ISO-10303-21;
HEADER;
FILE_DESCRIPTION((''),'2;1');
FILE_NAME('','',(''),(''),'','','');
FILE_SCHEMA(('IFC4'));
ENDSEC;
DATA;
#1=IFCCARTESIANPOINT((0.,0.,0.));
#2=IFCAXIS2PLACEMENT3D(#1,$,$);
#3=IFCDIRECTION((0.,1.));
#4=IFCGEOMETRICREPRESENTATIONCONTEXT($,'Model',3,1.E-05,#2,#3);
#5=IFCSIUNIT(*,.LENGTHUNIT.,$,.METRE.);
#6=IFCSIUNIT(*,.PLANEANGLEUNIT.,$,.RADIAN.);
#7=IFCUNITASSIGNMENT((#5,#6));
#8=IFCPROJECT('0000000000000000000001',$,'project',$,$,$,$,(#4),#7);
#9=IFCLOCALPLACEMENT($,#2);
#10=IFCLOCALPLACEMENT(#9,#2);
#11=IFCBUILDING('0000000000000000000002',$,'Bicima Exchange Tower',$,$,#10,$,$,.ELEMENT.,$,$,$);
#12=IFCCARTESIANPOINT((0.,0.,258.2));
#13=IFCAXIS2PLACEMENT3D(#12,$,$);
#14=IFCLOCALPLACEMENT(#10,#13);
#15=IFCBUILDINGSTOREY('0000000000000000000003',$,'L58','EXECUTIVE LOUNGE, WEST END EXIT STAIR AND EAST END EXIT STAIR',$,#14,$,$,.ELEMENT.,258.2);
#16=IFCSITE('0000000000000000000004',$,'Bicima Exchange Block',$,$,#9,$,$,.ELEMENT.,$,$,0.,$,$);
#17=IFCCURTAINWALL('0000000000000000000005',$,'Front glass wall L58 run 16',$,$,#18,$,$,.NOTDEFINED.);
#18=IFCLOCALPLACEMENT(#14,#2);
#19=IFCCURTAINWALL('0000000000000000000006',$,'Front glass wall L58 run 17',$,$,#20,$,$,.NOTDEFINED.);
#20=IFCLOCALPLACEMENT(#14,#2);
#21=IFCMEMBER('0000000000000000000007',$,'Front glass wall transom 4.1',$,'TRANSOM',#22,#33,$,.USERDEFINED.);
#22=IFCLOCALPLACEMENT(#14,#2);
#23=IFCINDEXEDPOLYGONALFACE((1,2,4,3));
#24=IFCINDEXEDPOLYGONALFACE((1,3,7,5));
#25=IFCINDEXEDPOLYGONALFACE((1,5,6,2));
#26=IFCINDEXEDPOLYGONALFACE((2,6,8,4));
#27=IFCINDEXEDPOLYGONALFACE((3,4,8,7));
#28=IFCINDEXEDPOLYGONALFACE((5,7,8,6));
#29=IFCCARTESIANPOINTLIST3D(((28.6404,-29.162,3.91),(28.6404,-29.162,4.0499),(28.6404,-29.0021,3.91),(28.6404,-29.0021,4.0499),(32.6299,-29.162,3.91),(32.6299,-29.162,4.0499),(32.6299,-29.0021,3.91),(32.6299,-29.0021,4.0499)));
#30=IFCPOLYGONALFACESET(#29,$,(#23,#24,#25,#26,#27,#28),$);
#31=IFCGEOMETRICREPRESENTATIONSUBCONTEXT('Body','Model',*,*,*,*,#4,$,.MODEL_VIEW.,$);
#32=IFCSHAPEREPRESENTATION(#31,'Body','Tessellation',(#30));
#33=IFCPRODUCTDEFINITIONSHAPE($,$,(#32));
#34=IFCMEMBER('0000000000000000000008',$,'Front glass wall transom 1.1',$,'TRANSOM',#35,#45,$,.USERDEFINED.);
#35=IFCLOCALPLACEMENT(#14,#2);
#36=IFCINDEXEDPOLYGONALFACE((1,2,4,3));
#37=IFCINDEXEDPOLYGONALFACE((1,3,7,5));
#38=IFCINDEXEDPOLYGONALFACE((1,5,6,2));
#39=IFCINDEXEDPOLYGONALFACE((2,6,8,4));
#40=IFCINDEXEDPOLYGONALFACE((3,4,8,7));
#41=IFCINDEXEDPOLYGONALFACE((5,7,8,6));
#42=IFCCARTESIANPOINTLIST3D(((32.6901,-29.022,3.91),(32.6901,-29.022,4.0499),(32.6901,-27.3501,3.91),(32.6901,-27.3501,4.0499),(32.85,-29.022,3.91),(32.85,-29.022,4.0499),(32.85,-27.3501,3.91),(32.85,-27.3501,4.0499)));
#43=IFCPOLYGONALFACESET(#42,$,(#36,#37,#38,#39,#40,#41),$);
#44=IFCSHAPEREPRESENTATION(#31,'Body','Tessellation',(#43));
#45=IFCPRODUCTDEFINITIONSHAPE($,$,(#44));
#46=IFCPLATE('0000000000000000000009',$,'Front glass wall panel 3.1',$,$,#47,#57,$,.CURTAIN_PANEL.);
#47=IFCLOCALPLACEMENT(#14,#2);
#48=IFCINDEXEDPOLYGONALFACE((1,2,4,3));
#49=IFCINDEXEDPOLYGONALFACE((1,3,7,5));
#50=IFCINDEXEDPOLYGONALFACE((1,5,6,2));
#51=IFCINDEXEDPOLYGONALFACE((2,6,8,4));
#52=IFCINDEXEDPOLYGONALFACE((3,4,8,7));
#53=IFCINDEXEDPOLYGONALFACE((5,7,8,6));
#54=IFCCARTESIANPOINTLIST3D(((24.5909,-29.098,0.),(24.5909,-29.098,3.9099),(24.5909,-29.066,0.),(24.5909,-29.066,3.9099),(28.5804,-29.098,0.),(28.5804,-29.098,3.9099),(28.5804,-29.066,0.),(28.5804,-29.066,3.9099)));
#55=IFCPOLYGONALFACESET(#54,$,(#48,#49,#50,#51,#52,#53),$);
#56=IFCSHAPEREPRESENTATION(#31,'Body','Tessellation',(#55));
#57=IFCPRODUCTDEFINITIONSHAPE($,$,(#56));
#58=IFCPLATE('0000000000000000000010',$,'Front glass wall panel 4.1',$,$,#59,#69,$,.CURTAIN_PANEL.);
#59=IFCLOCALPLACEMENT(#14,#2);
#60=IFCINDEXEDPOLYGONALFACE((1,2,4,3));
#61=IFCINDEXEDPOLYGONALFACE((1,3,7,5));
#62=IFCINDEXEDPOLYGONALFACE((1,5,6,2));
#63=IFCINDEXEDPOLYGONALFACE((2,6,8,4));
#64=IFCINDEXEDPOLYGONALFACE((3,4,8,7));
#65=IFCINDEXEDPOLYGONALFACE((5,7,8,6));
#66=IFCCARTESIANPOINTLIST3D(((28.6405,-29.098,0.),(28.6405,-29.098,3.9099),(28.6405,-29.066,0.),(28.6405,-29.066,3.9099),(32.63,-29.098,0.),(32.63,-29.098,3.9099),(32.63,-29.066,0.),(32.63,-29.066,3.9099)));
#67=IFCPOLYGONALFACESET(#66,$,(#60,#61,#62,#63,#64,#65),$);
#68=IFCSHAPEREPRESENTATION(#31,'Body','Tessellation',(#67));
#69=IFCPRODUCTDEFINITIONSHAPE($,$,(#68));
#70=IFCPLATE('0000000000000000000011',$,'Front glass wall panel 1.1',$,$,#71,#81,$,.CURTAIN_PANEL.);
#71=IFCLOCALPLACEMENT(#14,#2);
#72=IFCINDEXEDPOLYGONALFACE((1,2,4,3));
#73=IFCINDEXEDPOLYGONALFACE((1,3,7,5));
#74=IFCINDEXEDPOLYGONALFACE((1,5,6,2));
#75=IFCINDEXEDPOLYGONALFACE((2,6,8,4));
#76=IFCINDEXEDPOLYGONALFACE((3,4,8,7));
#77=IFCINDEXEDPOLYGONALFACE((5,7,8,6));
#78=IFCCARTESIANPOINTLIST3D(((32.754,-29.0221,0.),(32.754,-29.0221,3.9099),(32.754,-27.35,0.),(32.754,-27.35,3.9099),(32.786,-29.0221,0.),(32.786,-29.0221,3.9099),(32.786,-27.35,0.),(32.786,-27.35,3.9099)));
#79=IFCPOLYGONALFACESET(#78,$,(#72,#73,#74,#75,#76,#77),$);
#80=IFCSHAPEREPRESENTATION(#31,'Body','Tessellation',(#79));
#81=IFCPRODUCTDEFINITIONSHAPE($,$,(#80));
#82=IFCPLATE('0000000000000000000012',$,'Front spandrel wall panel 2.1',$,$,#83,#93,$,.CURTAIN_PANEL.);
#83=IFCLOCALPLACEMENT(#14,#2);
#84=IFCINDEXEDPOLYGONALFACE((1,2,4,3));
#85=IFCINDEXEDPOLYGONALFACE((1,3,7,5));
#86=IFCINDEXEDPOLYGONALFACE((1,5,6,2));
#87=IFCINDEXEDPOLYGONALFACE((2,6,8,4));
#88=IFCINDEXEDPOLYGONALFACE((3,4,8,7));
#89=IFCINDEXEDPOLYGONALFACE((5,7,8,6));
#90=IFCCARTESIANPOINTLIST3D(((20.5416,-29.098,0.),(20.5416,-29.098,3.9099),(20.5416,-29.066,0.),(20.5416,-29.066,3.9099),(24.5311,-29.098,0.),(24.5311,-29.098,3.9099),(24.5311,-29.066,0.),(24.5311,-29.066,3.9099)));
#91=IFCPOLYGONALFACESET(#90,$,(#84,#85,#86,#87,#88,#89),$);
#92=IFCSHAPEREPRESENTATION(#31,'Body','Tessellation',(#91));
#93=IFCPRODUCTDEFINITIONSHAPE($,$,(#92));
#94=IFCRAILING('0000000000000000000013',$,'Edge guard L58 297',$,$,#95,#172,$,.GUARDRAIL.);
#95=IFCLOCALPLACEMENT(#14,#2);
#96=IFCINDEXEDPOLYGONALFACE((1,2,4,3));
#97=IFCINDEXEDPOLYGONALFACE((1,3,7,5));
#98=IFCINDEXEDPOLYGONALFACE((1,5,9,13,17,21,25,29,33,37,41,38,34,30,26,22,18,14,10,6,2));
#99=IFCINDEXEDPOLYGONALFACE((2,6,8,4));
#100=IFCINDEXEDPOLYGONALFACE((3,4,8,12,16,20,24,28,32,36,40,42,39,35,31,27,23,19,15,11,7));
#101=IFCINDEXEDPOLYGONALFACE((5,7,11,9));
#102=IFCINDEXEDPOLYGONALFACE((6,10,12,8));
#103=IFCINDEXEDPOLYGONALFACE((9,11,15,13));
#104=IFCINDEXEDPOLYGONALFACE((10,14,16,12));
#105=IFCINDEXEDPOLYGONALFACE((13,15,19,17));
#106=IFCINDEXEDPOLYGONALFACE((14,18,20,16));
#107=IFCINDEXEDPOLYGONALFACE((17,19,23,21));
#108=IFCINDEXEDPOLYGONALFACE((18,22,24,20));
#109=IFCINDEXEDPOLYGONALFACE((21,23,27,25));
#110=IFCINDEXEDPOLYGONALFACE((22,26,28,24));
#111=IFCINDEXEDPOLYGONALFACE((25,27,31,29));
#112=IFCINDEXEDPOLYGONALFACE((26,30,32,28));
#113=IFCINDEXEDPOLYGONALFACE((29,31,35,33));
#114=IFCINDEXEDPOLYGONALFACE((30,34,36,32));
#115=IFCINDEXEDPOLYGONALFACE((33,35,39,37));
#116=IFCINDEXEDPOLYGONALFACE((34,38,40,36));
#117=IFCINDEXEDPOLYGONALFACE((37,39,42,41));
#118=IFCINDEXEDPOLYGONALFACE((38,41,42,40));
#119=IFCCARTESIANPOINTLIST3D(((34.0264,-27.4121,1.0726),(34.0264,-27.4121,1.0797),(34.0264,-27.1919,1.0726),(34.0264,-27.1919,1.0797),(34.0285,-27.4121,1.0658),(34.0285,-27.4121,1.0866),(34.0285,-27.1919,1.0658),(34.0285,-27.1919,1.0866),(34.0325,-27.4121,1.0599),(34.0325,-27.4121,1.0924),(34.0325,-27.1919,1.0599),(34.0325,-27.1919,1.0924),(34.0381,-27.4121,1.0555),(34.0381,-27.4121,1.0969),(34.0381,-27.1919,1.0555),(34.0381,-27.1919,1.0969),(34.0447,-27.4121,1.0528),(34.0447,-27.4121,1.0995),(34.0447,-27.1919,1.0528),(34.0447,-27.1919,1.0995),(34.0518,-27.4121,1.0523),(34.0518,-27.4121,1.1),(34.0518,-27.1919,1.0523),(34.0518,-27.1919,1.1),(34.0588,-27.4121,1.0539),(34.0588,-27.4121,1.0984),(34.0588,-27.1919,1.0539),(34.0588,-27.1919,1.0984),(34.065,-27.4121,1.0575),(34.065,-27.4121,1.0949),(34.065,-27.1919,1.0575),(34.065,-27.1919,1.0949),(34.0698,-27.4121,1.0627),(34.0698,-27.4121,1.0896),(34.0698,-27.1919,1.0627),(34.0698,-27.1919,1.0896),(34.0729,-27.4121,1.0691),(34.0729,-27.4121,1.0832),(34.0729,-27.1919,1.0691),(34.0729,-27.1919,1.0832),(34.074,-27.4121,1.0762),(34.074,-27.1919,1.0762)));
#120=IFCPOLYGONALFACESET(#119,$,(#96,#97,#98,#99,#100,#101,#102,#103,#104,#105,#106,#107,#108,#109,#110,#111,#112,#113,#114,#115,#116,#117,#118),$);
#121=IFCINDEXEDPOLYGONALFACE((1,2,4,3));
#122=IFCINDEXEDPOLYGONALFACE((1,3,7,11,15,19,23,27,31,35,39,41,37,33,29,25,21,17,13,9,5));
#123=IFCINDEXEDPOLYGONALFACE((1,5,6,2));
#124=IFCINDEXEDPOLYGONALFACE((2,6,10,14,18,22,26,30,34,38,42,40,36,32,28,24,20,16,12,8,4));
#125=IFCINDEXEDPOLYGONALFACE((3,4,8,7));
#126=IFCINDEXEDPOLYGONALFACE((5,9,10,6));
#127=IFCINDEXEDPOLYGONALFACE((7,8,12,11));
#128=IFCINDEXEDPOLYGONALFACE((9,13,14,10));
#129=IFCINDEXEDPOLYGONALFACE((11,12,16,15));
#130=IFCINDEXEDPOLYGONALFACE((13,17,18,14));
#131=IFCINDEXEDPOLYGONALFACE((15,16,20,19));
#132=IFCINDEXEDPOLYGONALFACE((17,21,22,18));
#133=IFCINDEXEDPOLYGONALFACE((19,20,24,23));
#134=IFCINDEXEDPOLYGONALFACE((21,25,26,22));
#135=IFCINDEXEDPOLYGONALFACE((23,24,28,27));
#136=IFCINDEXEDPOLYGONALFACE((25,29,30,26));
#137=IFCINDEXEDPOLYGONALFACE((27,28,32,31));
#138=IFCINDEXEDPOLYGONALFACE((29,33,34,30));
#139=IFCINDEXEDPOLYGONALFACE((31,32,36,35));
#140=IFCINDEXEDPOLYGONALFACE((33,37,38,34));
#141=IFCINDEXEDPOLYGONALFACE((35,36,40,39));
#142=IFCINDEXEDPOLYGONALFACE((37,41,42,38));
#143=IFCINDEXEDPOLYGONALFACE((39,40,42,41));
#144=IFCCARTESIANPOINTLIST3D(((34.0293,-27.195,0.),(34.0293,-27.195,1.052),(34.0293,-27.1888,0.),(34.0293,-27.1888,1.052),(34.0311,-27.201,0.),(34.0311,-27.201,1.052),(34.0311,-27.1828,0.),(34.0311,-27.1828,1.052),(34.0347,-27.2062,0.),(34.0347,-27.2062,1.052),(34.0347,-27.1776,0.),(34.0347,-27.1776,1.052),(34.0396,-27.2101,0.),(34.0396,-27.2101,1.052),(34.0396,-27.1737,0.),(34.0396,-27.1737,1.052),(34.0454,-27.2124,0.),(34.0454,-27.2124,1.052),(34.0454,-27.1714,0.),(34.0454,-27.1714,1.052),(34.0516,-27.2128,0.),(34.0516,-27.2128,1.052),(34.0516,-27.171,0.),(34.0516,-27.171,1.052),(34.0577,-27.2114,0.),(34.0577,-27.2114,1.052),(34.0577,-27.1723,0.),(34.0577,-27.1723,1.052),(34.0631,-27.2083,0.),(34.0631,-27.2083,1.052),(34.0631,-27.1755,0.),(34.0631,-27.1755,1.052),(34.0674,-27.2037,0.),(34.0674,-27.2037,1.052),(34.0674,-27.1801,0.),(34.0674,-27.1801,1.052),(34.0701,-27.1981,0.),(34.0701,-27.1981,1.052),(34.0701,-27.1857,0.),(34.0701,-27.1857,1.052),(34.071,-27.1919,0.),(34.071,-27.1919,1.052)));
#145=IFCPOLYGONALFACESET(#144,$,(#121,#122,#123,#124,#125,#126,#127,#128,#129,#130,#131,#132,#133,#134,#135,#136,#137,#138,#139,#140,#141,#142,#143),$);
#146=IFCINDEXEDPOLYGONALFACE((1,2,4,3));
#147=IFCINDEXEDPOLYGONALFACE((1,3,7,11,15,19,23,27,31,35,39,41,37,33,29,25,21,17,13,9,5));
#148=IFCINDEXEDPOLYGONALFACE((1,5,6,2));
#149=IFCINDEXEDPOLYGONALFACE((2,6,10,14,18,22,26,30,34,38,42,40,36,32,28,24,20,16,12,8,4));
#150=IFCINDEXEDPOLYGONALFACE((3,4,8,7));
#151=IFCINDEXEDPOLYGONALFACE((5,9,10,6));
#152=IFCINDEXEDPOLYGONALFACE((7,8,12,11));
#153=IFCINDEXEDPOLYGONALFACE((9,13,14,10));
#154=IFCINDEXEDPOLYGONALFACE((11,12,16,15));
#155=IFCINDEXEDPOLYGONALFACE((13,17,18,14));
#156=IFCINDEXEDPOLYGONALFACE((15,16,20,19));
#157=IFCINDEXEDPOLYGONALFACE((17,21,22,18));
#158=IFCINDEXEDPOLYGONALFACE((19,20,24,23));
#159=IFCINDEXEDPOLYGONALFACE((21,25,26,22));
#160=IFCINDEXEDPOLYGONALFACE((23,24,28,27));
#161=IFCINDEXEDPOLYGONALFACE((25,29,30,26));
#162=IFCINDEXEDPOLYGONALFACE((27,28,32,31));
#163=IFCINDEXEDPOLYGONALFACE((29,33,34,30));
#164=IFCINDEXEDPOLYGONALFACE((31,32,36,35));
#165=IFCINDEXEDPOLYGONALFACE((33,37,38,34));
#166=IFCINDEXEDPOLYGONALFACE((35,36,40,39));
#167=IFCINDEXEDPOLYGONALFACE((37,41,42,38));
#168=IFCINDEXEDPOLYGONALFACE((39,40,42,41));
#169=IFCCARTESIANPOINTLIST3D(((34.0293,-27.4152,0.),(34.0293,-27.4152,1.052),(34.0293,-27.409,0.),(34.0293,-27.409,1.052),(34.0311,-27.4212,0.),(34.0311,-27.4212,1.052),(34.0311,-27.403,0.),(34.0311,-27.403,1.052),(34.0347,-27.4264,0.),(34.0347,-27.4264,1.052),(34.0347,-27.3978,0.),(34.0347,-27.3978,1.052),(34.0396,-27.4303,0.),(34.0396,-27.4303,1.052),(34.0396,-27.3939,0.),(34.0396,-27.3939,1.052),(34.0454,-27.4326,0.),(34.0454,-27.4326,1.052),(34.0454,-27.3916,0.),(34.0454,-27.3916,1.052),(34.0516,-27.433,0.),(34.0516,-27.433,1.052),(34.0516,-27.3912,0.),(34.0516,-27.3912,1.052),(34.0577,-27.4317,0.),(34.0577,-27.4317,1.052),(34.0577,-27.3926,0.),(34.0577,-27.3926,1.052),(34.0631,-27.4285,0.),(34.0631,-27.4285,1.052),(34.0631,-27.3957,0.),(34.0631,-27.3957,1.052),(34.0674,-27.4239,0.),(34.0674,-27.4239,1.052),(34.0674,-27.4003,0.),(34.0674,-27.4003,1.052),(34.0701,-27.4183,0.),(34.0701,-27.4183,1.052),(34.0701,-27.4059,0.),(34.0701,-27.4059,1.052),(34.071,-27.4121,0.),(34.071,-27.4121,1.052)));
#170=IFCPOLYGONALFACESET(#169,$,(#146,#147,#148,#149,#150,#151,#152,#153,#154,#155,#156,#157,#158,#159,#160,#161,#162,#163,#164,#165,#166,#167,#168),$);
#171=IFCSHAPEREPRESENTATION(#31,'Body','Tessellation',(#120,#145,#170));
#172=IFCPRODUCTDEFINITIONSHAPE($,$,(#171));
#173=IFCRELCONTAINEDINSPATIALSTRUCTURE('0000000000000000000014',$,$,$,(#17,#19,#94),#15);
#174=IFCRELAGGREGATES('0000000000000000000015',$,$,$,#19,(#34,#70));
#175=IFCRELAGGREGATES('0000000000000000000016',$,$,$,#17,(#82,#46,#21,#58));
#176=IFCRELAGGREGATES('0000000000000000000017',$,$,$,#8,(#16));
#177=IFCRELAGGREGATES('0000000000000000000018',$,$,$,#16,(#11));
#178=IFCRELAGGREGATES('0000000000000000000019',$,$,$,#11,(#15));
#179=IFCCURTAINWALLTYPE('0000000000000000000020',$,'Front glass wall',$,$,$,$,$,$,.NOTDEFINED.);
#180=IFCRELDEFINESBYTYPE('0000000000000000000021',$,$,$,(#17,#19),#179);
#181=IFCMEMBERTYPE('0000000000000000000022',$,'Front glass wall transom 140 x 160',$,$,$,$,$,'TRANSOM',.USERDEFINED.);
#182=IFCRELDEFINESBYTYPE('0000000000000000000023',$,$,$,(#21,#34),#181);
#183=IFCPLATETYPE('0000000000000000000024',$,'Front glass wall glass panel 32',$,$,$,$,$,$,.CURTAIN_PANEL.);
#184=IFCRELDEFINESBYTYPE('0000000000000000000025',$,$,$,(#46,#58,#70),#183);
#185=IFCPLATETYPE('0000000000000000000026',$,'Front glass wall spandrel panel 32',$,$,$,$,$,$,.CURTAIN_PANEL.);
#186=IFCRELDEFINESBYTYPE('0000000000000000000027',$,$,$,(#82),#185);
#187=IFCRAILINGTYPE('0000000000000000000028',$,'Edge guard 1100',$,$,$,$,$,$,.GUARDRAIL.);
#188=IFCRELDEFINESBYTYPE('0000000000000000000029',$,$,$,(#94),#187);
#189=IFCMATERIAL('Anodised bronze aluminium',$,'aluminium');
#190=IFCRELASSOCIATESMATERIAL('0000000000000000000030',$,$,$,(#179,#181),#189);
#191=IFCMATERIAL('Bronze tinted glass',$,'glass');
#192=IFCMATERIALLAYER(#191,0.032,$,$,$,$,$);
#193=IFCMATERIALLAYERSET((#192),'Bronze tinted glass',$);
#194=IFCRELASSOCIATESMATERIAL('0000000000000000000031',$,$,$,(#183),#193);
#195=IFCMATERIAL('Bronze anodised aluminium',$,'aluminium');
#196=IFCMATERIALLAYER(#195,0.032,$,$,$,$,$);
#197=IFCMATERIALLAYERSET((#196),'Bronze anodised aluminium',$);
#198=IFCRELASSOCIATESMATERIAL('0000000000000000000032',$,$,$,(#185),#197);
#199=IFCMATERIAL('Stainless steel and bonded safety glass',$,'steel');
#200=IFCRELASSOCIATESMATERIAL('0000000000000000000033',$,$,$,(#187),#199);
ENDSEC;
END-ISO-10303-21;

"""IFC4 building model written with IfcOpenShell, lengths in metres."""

from ifc_helpers import new_model, si_unit, direction, frame, origin, origin_2d, place, context, subcontext, project, spatial, rectangle, circle, extrude, material, layer, layer_set, material_profile, profile_set, type_object, element, aggregate, save


model = new_model("IFC4")

# Units and contexts
model_context = context("Model", 3, precision=1e-05, world=origin(), true_north=direction((0.0, 1.0)))
body_context = subcontext(model_context, "Body", "Model", "MODEL_VIEW")
ifc_project = project(units=[si_unit("LENGTHUNIT", "METRE"), si_unit("PLANEANGLEUNIT", "RADIAN")], contexts=[model_context])

# Site, building, storey
site_placement = place(None, origin())
site = spatial("IfcSite", under=ifc_project, at=site_placement, Name="Bicima Exchange Block", CompositionType="ELEMENT", RefElevation=0.0)
building_placement = place(site_placement, origin())
building = spatial("IfcBuilding", under=site, at=building_placement, Name="Bicima Exchange Tower", CompositionType="ELEMENT")
storey_placement = place(building_placement, frame((0.0, 0.0, 258.2)))
storey = spatial("IfcBuildingStorey", under=building, at=storey_placement, Name="L58", Description="EXECUTIVE LOUNGE, WEST END EXIT STAIR AND EAST END EXIT STAIR", CompositionType="ELEMENT", Elevation=258.2)

# Curtain walls
ifc_material_1 = material(Name="Anodised bronze aluminium", Category="aluminium")
curtain_wall_type = type_object("IfcCurtainWallType", Name="Front glass wall", PredefinedType="NOTDEFINED", material=ifc_material_1)
curtain_wall_1_placement = place(storey_placement, origin())
curtain_wall_1 = element("IfcCurtainWall", 1, at=curtain_wall_1_placement, inside=storey, type_object=curtain_wall_type, Name="Front glass wall L58 run 16", PredefinedType="NOTDEFINED")
curtain_wall_2_placement = place(storey_placement, origin())
curtain_wall_2 = element("IfcCurtainWall", 2, at=curtain_wall_2_placement, inside=storey, type_object=curtain_wall_type, Name="Front glass wall L58 run 17", PredefinedType="NOTDEFINED")

# Members
ifc_material_profile_1 = material_profile(ifc_material_1, rectangle(XDim=0.1599, YDim=0.1399, at=origin_2d()))
ifc_profile_set_1 = profile_set([ifc_material_profile_1], Name="Anodised bronze aluminium")
member_type_1 = type_object("IfcMemberType", Name="Front glass wall transom 140 x 160", ElementType="TRANSOM", PredefinedType="USERDEFINED", material=ifc_profile_set_1)
member_1_placement = place(storey_placement, frame((28.6404, -29.082, 3.98), z_axis=(1.0, 0.0, 0.0), x_axis=(0.0, 1.0, 0.0)))
member_1 = element("IfcMember", 3, at=member_1_placement, type_object=member_type_1, Name="Front glass wall transom 4.1", ObjectType="TRANSOM", PredefinedType="USERDEFINED", context=body_context, shape_type="SweptSolid", body=[
    extrude(rectangle(XDim=0.1599, YDim=0.1399, at=origin_2d()), origin(), (0.0, 0.0, 1.0), 3.9895),
])
member_2_placement = place(storey_placement, frame((32.77, -29.022, 3.98), z_axis=(0.0, 1.0, 0.0), x_axis=(-1.0, 0.0, 0.0)))
member_2 = element("IfcMember", 4, at=member_2_placement, type_object=member_type_1, Name="Front glass wall transom 1.1", ObjectType="TRANSOM", PredefinedType="USERDEFINED", context=body_context, shape_type="SweptSolid", body=[
    extrude(rectangle(XDim=0.1599, YDim=0.1399, at=origin_2d()), origin(), (0.0, 0.0, 1.0), 1.6719),
])

# Plates
ifc_material_2 = material(Name="Bronze tinted glass", Category="glass")
ifc_layer_1 = layer(ifc_material_2, 0.032)
ifc_layer_set_1 = layer_set([ifc_layer_1], Name="Bronze tinted glass")
plate_type_1 = type_object("IfcPlateType", Name="Front glass wall glass panel 32", PredefinedType="CURTAIN_PANEL", material=ifc_layer_set_1)
plate_1_placement = place(storey_placement, frame((26.5857, -29.082, 0.0), z_axis=(0.0, 0.0, 1.0), x_axis=(1.0, 0.0, 0.0)))
plate_1 = element("IfcPlate", 5, at=plate_1_placement, type_object=plate_type_1, Name="Front glass wall panel 3.1", PredefinedType="CURTAIN_PANEL", context=body_context, shape_type="SweptSolid", body=[
    extrude(rectangle(XDim=3.9895, YDim=0.032, at=origin_2d()), origin(), (0.0, 0.0, 1.0), 3.9099),
])
plate_2_placement = place(storey_placement, frame((30.6353, -29.082, 0.0), z_axis=(0.0, 0.0, 1.0), x_axis=(1.0, 0.0, 0.0)))
plate_2 = element("IfcPlate", 6, at=plate_2_placement, type_object=plate_type_1, Name="Front glass wall panel 4.1", PredefinedType="CURTAIN_PANEL", context=body_context, shape_type="SweptSolid", body=[
    extrude(rectangle(XDim=3.9895, YDim=0.032, at=origin_2d()), origin(), (0.0, 0.0, 1.0), 3.9099),
])
plate_3_placement = place(storey_placement, frame((32.77, -28.186, 0.0), z_axis=(0.0, 0.0, 1.0), x_axis=(0.0, 1.0, 0.0)))
plate_3 = element("IfcPlate", 7, at=plate_3_placement, type_object=plate_type_1, Name="Front glass wall panel 1.1", PredefinedType="CURTAIN_PANEL", context=body_context, shape_type="SweptSolid", body=[
    extrude(rectangle(XDim=1.6721, YDim=0.032, at=origin_2d()), origin(), (0.0, 0.0, 1.0), 3.9099),
])
aggregate(curtain_wall_2, [member_2, plate_3])
ifc_material_3 = material(Name="Bronze anodised aluminium", Category="aluminium")
ifc_layer_2 = layer(ifc_material_3, 0.032)
ifc_layer_set_2 = layer_set([ifc_layer_2], Name="Bronze anodised aluminium")
plate_type_2 = type_object("IfcPlateType", Name="Front glass wall spandrel panel 32", PredefinedType="CURTAIN_PANEL", material=ifc_layer_set_2)
plate_4_placement = place(storey_placement, frame((22.5364, -29.082, 0.0), z_axis=(0.0, 0.0, 1.0), x_axis=(1.0, 0.0, 0.0)))
plate_4 = element("IfcPlate", 8, at=plate_4_placement, type_object=plate_type_2, Name="Front spandrel wall panel 2.1", PredefinedType="CURTAIN_PANEL", context=body_context, shape_type="SweptSolid", body=[
    extrude(rectangle(XDim=3.9895, YDim=0.032, at=origin_2d()), origin(), (0.0, 0.0, 1.0), 3.9099),
])
aggregate(curtain_wall_1, [plate_4, plate_1, member_1, plate_2])

# Railing
ifc_material_4 = material(Name="Stainless steel and bonded safety glass", Category="steel")
railing_type = type_object("IfcRailingType", Name="Edge guard 1100", PredefinedType="GUARDRAIL", material=ifc_material_4)
railing_1_placement = place(storey_placement, frame((34.05, -27.1919, 0.0)))
element("IfcRailing", 9, at=railing_1_placement, inside=storey, type_object=railing_type, Name="Edge guard L58 297", PredefinedType="GUARDRAIL", context=body_context, shape_type="SweptSolid", body=[
    extrude(circle(Radius=0.0239, at=origin_2d()), frame((0.0, 0.0, 1.0762), z_axis=(0.0, -1.0, 0.0), x_axis=(1.0, 0.0, 0.0)), (0.0, 0.0, 1.0), 0.2202),
    extrude(circle(Radius=0.021, at=origin_2d()), origin(), (0.0, 0.0, 1.0), 1.052),
    extrude(circle(Radius=0.021, at=origin_2d()), frame((0.0, -0.2202, 0.0)), (0.0, 0.0, 1.0), 1.052),
])

save(model, "model.ifc")
